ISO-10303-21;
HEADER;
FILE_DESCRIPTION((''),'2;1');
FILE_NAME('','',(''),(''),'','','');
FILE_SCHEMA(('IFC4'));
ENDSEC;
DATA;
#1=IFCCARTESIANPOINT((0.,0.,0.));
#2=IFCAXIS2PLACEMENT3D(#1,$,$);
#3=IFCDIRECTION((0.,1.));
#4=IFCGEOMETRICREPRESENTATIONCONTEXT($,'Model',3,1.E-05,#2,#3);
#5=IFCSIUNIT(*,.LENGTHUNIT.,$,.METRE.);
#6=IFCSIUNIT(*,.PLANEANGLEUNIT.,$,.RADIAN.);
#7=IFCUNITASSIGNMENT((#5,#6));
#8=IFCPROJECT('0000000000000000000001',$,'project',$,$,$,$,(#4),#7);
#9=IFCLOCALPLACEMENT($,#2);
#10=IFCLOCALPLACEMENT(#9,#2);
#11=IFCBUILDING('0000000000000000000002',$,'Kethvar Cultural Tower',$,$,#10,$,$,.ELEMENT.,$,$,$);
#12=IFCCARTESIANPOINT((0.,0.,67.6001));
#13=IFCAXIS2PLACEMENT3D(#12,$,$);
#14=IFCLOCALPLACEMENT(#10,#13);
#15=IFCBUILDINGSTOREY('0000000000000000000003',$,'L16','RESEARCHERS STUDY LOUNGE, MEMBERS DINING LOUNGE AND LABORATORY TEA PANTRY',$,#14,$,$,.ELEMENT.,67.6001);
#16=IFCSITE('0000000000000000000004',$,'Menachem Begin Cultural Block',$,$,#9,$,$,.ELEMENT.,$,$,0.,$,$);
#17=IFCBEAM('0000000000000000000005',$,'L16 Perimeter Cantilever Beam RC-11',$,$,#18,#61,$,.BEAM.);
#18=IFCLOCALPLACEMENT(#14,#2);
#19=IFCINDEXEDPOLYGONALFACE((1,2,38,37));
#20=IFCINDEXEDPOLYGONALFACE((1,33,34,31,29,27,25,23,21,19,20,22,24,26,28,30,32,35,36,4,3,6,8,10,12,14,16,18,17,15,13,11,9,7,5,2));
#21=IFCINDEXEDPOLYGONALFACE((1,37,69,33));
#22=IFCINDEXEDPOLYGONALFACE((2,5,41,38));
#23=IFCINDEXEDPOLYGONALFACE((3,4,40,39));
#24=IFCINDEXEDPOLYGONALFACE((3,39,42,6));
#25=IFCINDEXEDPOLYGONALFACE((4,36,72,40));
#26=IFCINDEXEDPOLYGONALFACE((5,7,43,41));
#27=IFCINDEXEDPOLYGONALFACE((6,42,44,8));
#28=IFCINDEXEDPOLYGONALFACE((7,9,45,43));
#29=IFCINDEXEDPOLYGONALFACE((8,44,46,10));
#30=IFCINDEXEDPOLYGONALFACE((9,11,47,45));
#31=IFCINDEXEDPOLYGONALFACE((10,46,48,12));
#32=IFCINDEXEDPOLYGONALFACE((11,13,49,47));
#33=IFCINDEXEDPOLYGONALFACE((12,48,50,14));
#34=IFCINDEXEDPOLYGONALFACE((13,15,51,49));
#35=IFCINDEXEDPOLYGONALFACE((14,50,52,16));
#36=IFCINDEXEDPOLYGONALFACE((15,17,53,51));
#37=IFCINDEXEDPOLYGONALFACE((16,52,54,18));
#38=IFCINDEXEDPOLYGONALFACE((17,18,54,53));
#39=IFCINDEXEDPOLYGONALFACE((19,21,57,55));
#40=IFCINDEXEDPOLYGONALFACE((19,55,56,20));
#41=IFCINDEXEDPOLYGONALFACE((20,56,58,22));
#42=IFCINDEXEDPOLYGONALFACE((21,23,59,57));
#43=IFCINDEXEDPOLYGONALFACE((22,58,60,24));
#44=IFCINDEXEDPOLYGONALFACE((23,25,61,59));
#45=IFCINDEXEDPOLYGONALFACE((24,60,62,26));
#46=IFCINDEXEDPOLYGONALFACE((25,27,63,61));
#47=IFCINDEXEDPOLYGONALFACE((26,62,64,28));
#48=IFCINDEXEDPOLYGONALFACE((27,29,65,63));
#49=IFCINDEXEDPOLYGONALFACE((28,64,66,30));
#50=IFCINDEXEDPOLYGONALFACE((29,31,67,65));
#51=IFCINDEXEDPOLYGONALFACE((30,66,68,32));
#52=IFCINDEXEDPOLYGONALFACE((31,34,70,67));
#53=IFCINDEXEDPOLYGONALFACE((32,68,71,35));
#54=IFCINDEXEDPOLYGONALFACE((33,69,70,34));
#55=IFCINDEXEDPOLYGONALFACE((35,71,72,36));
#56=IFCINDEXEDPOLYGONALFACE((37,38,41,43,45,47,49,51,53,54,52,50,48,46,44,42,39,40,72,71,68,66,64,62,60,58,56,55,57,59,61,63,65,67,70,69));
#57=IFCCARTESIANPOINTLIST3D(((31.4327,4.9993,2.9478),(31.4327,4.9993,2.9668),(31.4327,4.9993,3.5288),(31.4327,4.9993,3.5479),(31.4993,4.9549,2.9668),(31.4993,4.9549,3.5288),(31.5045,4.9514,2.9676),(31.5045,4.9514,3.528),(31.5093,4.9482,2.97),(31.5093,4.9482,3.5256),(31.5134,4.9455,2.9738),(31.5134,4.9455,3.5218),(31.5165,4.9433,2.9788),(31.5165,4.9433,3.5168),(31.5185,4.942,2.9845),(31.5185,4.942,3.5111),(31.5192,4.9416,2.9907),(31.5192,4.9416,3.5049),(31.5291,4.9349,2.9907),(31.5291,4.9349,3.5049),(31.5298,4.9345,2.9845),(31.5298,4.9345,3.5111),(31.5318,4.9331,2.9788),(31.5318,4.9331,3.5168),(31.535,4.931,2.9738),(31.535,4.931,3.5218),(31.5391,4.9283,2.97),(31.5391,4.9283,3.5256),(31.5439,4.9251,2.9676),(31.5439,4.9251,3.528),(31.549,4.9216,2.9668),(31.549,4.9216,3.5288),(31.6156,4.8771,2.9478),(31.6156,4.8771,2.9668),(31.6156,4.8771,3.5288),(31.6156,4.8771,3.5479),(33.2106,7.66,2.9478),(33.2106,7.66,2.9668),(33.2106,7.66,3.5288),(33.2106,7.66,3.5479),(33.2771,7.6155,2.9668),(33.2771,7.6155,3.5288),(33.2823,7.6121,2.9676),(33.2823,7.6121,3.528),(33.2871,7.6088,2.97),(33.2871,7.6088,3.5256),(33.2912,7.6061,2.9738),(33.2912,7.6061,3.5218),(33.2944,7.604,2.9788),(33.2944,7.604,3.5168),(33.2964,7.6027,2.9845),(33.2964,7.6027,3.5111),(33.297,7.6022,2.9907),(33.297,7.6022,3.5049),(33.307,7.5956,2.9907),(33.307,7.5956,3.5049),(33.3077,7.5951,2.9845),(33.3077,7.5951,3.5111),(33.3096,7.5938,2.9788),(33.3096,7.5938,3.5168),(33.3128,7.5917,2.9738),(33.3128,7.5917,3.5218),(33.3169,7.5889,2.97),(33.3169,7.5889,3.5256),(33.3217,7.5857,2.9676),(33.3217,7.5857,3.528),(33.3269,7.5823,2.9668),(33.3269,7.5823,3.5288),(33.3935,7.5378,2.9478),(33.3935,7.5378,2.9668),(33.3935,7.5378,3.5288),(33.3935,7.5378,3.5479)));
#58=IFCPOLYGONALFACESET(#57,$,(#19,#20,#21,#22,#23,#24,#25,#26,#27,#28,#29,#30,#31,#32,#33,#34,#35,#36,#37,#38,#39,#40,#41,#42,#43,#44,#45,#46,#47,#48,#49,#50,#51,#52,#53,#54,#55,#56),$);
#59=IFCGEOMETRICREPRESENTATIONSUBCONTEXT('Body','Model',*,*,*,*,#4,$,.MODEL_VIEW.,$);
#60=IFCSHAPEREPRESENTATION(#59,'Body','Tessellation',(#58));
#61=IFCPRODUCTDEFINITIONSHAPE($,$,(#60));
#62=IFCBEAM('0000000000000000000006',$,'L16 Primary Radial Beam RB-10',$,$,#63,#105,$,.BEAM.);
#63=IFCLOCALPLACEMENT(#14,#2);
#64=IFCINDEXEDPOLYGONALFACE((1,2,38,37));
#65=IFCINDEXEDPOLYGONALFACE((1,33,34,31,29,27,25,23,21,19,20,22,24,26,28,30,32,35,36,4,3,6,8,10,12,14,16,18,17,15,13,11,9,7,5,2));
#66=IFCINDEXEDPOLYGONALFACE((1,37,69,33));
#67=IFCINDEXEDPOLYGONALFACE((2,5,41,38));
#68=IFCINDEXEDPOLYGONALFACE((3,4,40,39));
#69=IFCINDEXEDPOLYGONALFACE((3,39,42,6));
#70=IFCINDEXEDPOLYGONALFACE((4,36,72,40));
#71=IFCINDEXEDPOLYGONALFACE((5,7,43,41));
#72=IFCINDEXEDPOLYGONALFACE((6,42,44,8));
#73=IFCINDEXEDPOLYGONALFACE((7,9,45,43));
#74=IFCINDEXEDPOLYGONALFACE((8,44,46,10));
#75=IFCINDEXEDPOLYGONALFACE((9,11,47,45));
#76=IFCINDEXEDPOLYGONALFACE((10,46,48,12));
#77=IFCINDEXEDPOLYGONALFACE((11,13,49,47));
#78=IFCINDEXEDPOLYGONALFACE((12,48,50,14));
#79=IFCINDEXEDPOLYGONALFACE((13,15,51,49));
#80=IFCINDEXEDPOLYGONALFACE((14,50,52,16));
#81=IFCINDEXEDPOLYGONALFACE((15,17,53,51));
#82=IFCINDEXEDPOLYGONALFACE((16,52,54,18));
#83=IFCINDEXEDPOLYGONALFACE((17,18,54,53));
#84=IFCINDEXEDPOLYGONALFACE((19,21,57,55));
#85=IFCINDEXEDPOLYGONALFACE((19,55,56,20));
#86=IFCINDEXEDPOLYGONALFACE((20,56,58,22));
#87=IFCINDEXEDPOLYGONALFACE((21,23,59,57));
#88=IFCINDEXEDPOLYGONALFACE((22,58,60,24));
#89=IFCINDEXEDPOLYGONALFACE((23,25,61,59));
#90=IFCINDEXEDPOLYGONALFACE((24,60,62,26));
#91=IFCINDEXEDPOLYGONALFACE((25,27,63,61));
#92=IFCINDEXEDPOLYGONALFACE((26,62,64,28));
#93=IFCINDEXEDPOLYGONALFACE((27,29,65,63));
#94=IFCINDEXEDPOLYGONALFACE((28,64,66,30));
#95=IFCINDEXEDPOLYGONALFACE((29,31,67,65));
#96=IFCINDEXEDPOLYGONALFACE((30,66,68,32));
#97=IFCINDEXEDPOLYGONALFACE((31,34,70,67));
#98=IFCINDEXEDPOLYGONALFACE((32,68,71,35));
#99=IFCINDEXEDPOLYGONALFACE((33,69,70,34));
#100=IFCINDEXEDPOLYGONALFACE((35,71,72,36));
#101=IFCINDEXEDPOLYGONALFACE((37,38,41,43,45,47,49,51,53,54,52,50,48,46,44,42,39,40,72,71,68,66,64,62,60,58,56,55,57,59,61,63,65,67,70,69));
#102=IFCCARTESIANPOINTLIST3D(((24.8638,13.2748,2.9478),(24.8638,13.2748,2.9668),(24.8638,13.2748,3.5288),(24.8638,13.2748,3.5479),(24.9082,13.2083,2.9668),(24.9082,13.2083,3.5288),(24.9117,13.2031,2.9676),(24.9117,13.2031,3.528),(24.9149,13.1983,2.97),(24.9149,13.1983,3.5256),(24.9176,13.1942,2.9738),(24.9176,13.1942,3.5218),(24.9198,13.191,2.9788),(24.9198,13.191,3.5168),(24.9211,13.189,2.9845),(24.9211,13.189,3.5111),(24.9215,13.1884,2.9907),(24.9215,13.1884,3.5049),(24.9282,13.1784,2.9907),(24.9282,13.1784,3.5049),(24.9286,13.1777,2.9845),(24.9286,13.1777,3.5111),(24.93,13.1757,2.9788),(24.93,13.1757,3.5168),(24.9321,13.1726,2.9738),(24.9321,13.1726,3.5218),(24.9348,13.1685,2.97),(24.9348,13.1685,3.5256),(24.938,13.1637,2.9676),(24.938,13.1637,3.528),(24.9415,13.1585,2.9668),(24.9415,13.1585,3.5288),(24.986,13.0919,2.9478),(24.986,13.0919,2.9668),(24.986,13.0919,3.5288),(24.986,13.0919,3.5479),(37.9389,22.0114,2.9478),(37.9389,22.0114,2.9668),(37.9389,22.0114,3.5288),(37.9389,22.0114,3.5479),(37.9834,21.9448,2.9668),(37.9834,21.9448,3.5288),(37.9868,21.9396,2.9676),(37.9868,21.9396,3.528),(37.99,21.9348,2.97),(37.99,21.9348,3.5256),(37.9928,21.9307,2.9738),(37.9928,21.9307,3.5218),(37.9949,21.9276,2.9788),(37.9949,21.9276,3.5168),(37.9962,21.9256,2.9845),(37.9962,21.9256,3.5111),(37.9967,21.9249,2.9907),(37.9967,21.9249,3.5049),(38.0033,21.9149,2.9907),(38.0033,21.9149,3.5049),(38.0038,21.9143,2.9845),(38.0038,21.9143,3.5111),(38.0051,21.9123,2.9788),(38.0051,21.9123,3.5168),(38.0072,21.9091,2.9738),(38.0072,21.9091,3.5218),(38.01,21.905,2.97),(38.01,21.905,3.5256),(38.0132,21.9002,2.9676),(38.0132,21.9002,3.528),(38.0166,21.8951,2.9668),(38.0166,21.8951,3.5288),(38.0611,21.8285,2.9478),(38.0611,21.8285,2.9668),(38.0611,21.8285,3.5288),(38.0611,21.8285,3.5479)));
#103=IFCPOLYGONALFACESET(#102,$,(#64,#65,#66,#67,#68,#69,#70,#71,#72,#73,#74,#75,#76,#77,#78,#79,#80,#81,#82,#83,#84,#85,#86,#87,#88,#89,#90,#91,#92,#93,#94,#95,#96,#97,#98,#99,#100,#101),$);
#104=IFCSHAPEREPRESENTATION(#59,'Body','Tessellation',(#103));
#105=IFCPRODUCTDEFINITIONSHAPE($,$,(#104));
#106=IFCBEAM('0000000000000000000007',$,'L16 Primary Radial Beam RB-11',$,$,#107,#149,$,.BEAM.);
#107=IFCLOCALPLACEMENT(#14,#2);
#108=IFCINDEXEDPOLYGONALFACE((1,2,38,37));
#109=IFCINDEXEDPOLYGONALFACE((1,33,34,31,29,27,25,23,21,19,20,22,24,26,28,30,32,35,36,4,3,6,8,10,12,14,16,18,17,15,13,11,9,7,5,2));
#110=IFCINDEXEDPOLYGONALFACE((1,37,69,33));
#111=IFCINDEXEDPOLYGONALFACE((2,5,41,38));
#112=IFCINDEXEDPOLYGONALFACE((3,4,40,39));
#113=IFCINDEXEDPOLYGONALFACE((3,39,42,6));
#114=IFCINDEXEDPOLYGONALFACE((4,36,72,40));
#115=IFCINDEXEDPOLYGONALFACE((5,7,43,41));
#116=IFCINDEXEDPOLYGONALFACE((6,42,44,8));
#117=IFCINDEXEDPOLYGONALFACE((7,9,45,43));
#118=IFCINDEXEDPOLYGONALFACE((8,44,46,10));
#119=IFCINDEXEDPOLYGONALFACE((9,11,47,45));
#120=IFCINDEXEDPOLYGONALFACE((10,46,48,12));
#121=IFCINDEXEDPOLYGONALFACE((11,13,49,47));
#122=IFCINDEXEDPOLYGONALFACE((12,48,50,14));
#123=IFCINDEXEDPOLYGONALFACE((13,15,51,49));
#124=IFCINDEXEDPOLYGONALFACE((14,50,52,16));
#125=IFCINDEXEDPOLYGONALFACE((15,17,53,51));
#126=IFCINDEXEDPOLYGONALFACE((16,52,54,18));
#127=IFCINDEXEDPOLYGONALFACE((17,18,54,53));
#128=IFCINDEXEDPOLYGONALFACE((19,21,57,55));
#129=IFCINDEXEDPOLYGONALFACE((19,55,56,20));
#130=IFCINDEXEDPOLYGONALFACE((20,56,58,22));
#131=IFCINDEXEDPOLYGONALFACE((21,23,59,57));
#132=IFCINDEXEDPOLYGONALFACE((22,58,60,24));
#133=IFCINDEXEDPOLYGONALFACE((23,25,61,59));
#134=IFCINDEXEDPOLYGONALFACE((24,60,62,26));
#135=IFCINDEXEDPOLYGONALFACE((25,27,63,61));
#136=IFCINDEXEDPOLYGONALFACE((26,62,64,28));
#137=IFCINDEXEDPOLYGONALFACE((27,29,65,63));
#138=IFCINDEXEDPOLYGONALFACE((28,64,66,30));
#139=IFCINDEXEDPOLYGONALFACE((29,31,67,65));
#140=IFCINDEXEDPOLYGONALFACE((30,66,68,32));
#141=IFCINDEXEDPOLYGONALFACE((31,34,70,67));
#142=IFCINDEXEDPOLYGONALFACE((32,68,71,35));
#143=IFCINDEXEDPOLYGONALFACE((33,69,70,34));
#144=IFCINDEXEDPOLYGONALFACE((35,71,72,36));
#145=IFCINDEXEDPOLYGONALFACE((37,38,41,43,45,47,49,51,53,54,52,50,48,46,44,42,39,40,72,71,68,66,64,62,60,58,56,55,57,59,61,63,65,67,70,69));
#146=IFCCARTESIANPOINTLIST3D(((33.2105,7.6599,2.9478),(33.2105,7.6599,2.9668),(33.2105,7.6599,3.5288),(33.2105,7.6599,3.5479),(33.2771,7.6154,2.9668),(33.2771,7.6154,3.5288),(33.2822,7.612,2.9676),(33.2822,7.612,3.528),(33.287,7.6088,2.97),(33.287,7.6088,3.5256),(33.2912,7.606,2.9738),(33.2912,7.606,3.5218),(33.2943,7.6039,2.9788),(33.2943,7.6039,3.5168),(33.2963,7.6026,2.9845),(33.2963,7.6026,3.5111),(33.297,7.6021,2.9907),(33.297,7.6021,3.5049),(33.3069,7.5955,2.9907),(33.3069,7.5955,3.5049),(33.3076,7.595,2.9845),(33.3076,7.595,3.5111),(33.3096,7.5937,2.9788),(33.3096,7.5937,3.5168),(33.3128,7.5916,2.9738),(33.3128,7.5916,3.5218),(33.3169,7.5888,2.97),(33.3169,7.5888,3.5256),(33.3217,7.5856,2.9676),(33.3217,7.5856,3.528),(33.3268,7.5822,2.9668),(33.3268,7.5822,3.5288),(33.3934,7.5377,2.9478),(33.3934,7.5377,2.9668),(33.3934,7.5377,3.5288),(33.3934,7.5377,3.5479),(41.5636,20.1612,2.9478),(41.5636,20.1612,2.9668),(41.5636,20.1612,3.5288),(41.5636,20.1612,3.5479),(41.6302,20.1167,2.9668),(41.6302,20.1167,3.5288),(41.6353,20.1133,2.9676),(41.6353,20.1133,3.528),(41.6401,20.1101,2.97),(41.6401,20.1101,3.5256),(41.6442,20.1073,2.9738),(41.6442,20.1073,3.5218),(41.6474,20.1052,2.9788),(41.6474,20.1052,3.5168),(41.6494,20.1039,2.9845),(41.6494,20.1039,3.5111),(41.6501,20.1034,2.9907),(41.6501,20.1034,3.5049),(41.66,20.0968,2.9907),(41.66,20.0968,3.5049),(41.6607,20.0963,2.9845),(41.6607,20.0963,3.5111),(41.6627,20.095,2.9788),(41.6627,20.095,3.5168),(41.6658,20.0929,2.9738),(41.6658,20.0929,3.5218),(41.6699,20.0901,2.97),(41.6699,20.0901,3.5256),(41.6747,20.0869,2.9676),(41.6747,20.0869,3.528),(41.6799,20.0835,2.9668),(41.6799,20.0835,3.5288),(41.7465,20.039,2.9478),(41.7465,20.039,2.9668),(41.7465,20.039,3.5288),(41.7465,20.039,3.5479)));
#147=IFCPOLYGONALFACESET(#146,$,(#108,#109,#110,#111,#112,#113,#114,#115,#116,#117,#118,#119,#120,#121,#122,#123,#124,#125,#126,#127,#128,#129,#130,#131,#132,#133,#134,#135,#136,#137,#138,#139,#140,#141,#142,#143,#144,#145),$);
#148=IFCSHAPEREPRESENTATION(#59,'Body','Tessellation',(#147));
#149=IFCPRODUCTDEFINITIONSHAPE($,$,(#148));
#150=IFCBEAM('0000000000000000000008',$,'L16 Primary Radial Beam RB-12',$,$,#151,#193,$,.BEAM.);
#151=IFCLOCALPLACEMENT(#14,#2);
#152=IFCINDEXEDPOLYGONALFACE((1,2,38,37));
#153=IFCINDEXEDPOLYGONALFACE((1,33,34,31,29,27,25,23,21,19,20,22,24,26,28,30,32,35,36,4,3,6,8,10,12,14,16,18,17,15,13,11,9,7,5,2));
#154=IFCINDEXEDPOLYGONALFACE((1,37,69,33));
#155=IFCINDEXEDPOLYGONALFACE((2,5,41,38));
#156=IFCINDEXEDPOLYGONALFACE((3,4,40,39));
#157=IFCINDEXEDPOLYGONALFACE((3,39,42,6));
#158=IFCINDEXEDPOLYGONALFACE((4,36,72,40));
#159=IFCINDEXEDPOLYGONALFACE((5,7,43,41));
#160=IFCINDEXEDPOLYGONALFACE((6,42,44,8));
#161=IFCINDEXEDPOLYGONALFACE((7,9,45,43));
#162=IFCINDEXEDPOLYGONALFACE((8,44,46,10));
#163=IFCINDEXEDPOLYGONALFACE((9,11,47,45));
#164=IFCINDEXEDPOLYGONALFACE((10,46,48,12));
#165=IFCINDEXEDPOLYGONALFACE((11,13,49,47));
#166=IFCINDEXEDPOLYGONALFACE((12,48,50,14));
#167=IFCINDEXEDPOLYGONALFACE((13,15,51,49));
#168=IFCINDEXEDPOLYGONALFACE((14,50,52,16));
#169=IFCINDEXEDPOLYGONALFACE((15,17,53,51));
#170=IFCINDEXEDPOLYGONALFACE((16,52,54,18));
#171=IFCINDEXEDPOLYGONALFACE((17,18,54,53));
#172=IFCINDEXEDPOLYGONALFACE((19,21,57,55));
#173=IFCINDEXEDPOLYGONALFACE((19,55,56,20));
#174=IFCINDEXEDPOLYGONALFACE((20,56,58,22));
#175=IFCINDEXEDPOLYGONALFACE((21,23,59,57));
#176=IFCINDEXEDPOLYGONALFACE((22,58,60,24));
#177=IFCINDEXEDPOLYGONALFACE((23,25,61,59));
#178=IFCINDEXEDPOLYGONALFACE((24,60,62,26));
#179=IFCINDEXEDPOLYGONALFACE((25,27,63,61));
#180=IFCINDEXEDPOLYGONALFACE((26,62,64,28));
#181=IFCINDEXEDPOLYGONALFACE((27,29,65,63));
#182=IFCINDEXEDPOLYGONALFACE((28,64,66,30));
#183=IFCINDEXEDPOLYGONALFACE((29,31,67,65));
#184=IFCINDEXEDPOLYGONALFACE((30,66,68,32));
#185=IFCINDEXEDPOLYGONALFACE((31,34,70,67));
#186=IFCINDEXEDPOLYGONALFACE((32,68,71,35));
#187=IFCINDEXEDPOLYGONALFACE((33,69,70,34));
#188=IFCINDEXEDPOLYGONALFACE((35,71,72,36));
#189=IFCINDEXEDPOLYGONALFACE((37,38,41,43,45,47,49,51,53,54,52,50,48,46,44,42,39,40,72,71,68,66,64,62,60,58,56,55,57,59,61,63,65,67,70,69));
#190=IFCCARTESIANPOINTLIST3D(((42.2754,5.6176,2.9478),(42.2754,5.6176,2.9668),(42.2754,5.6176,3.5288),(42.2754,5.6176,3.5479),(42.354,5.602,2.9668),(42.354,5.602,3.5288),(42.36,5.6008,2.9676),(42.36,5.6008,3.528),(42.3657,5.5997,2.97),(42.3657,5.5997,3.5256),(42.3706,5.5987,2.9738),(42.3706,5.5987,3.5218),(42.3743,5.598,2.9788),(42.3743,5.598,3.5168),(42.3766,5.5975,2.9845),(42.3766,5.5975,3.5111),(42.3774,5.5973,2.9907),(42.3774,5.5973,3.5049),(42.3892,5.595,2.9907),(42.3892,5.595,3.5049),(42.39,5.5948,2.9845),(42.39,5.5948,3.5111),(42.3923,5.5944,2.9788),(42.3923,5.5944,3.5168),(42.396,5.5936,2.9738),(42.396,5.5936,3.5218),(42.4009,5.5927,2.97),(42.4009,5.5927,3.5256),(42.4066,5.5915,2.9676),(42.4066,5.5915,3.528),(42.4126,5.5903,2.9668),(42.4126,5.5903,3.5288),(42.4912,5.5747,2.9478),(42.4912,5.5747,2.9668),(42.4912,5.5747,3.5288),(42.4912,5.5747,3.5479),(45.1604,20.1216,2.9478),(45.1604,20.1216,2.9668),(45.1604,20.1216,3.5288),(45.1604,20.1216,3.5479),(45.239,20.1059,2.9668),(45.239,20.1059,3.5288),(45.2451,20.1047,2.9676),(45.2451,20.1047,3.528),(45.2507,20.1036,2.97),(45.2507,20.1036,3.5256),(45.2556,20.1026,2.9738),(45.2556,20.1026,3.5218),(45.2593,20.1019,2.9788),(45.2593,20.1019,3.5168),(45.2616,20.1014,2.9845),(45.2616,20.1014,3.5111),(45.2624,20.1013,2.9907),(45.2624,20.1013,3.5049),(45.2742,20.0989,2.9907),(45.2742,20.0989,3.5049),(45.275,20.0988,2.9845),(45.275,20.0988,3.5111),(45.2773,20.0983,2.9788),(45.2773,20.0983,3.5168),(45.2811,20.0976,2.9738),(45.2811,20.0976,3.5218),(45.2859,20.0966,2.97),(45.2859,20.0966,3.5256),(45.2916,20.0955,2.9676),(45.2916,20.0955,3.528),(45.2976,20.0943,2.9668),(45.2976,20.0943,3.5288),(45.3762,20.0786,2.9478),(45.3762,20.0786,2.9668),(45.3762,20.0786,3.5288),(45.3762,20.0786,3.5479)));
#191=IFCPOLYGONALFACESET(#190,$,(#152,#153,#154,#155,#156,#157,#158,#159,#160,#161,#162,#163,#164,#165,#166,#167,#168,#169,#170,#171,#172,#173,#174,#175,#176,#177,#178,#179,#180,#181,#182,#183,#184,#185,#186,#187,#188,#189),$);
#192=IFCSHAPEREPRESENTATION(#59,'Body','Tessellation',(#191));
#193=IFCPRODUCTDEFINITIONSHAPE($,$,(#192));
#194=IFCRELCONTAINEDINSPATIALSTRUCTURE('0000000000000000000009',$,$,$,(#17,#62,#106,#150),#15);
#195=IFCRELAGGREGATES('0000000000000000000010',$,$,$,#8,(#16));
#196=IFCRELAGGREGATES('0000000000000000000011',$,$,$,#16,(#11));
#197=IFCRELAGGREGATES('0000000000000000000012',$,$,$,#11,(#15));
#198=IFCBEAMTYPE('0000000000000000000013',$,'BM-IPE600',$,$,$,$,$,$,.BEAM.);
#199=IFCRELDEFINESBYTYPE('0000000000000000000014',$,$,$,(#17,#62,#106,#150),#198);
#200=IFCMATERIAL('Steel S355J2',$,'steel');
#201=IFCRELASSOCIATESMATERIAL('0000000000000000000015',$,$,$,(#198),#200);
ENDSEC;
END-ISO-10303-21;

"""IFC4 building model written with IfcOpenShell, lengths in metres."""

from ifc_helpers import new_model, si_unit, direction, frame, origin, origin_2d, place, context, subcontext, project, spatial, i_section, extrude, source, transform, mapped, material, material_profile, profile_set, type_object, element, save


model = new_model("IFC4")

# Units and contexts
model_context = context("Model", 3, precision=1e-05, world=origin(), true_north=direction((0.0, 1.0)))
body_context = subcontext(model_context, "Body", "Model", "MODEL_VIEW")
ifc_project = project(units=[si_unit("LENGTHUNIT", "METRE"), si_unit("PLANEANGLEUNIT", "RADIAN")], contexts=[model_context])

# Site, building, storey
site_placement = place(None, origin())
site = spatial("IfcSite", under=ifc_project, at=site_placement, Name="Menachem Begin Cultural Block", CompositionType="ELEMENT", RefElevation=0.0)
building_placement = place(site_placement, origin())
building = spatial("IfcBuilding", under=site, at=building_placement, Name="Kethvar Cultural Tower", CompositionType="ELEMENT")
storey_placement = place(building_placement, frame((0.0, 0.0, 67.6001)))
storey = spatial("IfcBuildingStorey", under=building, at=storey_placement, Name="L16", Description="RESEARCHERS STUDY LOUNGE, MEMBERS DINING LOUNGE AND LABORATORY TEA PANTRY", CompositionType="ELEMENT", Elevation=67.6001)

# Beams
ifc_material_1 = material(Name="Steel S355J2", Category="steel")
ifc_material_profile_1 = material_profile(ifc_material_1, i_section(OverallWidth=0.22, OverallDepth=0.6001, WebThickness=0.012, FlangeThickness=0.019, FilletRadius=0.0239, at=origin_2d()), Name="Steel S355J2 — IPE600")
ifc_profile_set_1 = profile_set([ifc_material_profile_1], Name="Steel S355J2 — IPE600")
beam_type_1 = type_object("IfcBeamType", Name="BM-IPE600", PredefinedType="BEAM", material=ifc_profile_set_1)
shared_shape_1 = source(origin(), body_context, "Body", "SweptSolid", [
    extrude(i_section(OverallWidth=0.22, OverallDepth=0.6001, WebThickness=0.012, FlangeThickness=0.019, FilletRadius=0.0239, at=origin_2d()), origin(), (0.0, 0.0, 1.0), 3.2),
])
beam_1_placement = place(storey_placement, frame((33.302, 7.5989, 3.2478), z_axis=(-0.55558, -0.831463, 0.0), x_axis=(0.831463, -0.55558, 0.0)))
element("IfcBeam", 1, at=beam_1_placement, inside=storey, type_object=beam_type_1, Name="L16 Perimeter Cantilever Beam RC-11", PredefinedType="BEAM", context=body_context, shape_type="MappedRepresentation", body=[
    mapped(shared_shape_1, transform((0.0, 0.0, 0.0), scale=1.0)),
])
shared_shape_2 = source(origin(), body_context, "Body", "SweptSolid", [
    extrude(i_section(OverallWidth=0.22, OverallDepth=0.6001, WebThickness=0.012, FlangeThickness=0.019, FilletRadius=0.0239, at=origin_2d()), origin(), (0.0, 0.0, 1.0), 15.7253),
])
beam_2_placement = place(storey_placement, frame((38.0, 21.9199, 3.2478), z_axis=(-0.831469, -0.55557, 0.0), x_axis=(0.55557, -0.831469, 0.0)))
element("IfcBeam", 2, at=beam_2_placement, inside=storey, type_object=beam_type_1, Name="L16 Primary Radial Beam RB-10", PredefinedType="BEAM", context=body_context, shape_type="MappedRepresentation", body=[
    mapped(shared_shape_2, transform((0.0, 0.0, 0.0), scale=1.0)),
])
shared_shape_3 = source(origin(), body_context, "Body", "SweptSolid", [
    extrude(i_section(OverallWidth=0.22, OverallDepth=0.6001, WebThickness=0.012, FlangeThickness=0.019, FilletRadius=0.0239, at=origin_2d()), origin(), (0.0, 0.0, 1.0), 15.0352),
])
beam_3_placement = place(storey_placement, frame((41.655, 20.1001, 3.2478), z_axis=(-0.555569, -0.83147, 0.0), x_axis=(0.83147, -0.555569, 0.0)))
element("IfcBeam", 3, at=beam_3_placement, inside=storey, type_object=beam_type_1, Name="L16 Primary Radial Beam RB-11", PredefinedType="BEAM", context=body_context, shape_type="MappedRepresentation", body=[
    mapped(shared_shape_3, transform((0.0, 0.0, 0.0), scale=1.0)),
])
shared_shape_4 = source(origin(), body_context, "Body", "SweptSolid", [
    extrude(i_section(OverallWidth=0.22, OverallDepth=0.6001, WebThickness=0.012, FlangeThickness=0.019, FilletRadius=0.0239, at=origin_2d()), origin(), (0.0, 0.0, 1.0), 14.7881),
])
beam_4_placement = place(storey_placement, frame((45.2683, 20.1001, 3.2478), z_axis=(-0.195091, -0.980785, 0.0), x_axis=(0.980785, -0.195091, 0.0)))
element("IfcBeam", 4, at=beam_4_placement, inside=storey, type_object=beam_type_1, Name="L16 Primary Radial Beam RB-12", PredefinedType="BEAM", context=body_context, shape_type="MappedRepresentation", body=[
    mapped(shared_shape_4, transform((0.0, 0.0, 0.0), scale=1.0)),
])

save(model, "model.ifc")
